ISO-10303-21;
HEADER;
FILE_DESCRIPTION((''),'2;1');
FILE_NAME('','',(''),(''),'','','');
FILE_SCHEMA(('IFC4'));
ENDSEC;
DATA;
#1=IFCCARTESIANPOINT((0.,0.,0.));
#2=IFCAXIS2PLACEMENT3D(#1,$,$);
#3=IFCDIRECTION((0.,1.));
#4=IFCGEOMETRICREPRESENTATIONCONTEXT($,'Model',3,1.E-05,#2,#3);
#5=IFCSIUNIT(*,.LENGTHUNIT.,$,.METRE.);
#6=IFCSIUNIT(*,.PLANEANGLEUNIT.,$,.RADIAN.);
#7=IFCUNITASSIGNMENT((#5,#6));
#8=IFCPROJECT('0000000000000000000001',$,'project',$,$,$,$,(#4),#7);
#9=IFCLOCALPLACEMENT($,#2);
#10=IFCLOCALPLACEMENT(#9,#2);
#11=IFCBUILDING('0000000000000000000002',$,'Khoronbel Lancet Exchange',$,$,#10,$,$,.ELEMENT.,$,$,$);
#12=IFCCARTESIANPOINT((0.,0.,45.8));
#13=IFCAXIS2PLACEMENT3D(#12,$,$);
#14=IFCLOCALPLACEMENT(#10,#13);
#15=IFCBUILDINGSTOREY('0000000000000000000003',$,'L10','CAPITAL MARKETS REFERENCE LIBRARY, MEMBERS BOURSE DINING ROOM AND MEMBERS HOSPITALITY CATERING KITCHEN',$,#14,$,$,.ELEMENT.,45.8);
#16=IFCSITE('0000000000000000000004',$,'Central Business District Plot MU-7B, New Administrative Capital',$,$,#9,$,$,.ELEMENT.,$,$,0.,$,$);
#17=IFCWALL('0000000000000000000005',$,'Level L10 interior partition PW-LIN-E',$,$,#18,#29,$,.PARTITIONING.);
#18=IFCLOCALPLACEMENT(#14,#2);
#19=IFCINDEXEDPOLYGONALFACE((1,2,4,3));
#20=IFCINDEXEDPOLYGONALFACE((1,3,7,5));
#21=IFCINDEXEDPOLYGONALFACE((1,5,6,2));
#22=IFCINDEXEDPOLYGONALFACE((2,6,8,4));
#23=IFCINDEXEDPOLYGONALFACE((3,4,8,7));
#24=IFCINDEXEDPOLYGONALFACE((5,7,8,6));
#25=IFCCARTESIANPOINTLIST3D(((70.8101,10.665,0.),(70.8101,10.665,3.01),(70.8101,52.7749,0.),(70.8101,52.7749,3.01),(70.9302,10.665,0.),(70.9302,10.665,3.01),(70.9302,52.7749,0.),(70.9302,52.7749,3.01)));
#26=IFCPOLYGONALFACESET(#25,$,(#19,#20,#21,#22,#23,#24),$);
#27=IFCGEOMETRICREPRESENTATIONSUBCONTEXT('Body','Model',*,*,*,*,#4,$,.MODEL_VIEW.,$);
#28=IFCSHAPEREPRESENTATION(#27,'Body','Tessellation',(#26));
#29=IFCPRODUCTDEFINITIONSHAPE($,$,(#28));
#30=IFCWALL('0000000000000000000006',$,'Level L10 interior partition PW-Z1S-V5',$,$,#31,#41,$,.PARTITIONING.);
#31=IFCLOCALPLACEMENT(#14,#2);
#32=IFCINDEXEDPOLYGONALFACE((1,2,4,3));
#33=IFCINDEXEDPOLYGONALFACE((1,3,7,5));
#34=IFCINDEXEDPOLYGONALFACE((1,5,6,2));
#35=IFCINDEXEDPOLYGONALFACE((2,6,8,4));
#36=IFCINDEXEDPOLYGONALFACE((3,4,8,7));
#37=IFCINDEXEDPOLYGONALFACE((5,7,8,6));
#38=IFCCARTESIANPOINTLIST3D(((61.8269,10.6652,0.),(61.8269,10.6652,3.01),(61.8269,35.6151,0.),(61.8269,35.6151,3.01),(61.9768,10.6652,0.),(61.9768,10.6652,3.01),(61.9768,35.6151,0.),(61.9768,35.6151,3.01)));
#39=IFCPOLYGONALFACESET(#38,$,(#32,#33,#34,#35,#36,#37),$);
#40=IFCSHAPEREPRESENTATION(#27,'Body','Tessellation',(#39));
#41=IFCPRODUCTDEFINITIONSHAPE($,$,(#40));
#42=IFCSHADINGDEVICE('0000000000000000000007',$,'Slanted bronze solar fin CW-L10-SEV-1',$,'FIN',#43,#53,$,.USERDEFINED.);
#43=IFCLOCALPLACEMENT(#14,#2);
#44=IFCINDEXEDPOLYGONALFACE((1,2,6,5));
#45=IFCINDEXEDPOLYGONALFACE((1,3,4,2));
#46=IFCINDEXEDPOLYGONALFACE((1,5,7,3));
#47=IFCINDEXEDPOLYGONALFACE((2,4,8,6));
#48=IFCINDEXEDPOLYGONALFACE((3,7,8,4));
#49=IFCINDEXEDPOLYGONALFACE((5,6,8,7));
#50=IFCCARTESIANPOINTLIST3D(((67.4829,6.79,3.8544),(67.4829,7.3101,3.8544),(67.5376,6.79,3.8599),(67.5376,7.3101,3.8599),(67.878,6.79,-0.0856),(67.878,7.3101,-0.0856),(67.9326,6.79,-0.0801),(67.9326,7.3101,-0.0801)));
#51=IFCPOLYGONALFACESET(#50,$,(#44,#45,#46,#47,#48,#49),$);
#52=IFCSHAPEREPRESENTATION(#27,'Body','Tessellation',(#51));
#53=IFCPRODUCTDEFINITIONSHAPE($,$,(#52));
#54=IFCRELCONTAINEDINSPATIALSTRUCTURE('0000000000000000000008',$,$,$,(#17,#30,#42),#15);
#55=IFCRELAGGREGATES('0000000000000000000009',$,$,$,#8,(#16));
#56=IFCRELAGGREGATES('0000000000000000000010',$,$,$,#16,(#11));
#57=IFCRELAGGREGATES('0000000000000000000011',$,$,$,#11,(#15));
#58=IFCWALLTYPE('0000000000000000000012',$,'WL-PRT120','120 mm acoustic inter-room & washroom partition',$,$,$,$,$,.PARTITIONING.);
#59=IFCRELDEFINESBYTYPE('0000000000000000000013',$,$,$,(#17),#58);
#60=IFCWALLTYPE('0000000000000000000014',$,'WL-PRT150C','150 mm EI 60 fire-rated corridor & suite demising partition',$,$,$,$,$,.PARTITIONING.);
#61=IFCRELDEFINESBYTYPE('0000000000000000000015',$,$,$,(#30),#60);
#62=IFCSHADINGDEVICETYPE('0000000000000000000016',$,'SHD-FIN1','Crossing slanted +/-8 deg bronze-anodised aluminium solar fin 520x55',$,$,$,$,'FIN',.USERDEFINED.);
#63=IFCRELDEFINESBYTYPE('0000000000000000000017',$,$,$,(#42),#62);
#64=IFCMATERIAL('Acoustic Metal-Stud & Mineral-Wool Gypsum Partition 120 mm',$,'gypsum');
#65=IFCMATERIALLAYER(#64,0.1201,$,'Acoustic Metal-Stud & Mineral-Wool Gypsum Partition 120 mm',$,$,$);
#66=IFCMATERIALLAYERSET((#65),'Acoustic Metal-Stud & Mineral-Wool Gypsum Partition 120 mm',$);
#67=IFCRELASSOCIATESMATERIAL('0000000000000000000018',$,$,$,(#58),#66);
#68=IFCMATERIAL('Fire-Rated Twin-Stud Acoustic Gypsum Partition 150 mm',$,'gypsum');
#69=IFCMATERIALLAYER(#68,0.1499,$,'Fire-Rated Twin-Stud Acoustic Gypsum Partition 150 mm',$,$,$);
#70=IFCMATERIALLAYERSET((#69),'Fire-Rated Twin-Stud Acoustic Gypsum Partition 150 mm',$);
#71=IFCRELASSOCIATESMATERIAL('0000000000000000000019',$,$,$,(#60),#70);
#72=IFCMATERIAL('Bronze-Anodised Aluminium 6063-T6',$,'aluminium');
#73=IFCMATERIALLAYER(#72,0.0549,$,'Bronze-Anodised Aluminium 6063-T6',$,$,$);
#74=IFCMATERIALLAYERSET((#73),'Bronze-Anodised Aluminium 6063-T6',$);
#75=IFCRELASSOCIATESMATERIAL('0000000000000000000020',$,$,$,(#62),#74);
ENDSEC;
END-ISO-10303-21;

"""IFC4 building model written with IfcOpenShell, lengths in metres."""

from ifc_helpers import new_model, si_unit, direction, frame, frame_2d, origin, place, context, subcontext, project, spatial, polyline, rectangle, outline, extrude, material, layer, layer_set, type_object, element, save


model = new_model("IFC4")

# Units and contexts
model_context = context("Model", 3, precision=1e-05, world=origin(), true_north=direction((0.0, 1.0)))
body_context = subcontext(model_context, "Body", "Model", "MODEL_VIEW")
ifc_project = project(units=[si_unit("LENGTHUNIT", "METRE"), si_unit("PLANEANGLEUNIT", "RADIAN")], contexts=[model_context])

# Site, building, storey
site_placement = place(None, origin())
site = spatial("IfcSite", under=ifc_project, at=site_placement, Name="Central Business District Plot MU-7B, New Administrative Capital", CompositionType="ELEMENT", RefElevation=0.0)
building_placement = place(site_placement, origin())
building = spatial("IfcBuilding", under=site, at=building_placement, Name="Khoronbel Lancet Exchange", CompositionType="ELEMENT")
storey_placement = place(building_placement, frame((0.0, 0.0, 45.8)))
storey = spatial("IfcBuildingStorey", under=building, at=storey_placement, Name="L10", Description="CAPITAL MARKETS REFERENCE LIBRARY, MEMBERS BOURSE DINING ROOM AND MEMBERS HOSPITALITY CATERING KITCHEN", CompositionType="ELEMENT", Elevation=45.8)

# Shared definitions
ifc_material_1 = material(Name="Bronze-Anodised Aluminium 6063-T6", Category="aluminium")

# Walls
ifc_material_2 = material(Name="Acoustic Metal-Stud & Mineral-Wool Gypsum Partition 120 mm", Category="gypsum")
ifc_layer_1 = layer(ifc_material_2, 0.1201, Name="Acoustic Metal-Stud & Mineral-Wool Gypsum Partition 120 mm")
ifc_layer_set_1 = layer_set([ifc_layer_1], Name="Acoustic Metal-Stud & Mineral-Wool Gypsum Partition 120 mm")
wall_type_1 = type_object("IfcWallType", Name="WL-PRT120", Description="120 mm acoustic inter-room & washroom partition", PredefinedType="PARTITIONING", material=ifc_layer_set_1)
wall_1_placement = place(storey_placement, frame((70.8701, 10.665, 0.0), z_axis=(0.0, 0.0, 1.0), x_axis=(0.0, 1.0, 0.0)))
element("IfcWall", 1, at=wall_1_placement, inside=storey, type_object=wall_type_1, Name="Level L10 interior partition PW-LIN-E", PredefinedType="PARTITIONING", context=body_context, shape_type="SweptSolid", body=[
    extrude(rectangle(XDim=42.1099, YDim=0.1201, at=frame_2d((21.0549, 0.0))), origin(), (0.0, 0.0, 1.0), 3.01),
])
ifc_material_3 = material(Name="Fire-Rated Twin-Stud Acoustic Gypsum Partition 150 mm", Category="gypsum")
ifc_layer_2 = layer(ifc_material_3, 0.1499, Name="Fire-Rated Twin-Stud Acoustic Gypsum Partition 150 mm")
ifc_layer_set_2 = layer_set([ifc_layer_2], Name="Fire-Rated Twin-Stud Acoustic Gypsum Partition 150 mm")
wall_type_2 = type_object("IfcWallType", Name="WL-PRT150C", Description="150 mm EI 60 fire-rated corridor & suite demising partition", PredefinedType="PARTITIONING", material=ifc_layer_set_2)
wall_2_placement = place(storey_placement, frame((61.9019, 10.665, 0.0), z_axis=(0.0, 0.0, 1.0), x_axis=(0.0, 1.0, 0.0)))
element("IfcWall", 2, at=wall_2_placement, inside=storey, type_object=wall_type_2, Name="Level L10 interior partition PW-Z1S-V5", PredefinedType="PARTITIONING", context=body_context, shape_type="SweptSolid", body=[
    extrude(rectangle(XDim=24.95, YDim=0.1499, at=frame_2d((12.4751, 0.0))), origin(), (0.0, 0.0, 1.0), 3.01),
])

# Shading device
ifc_layer_3 = layer(ifc_material_1, 0.0549, Name="Bronze-Anodised Aluminium 6063-T6")
ifc_layer_set_3 = layer_set([ifc_layer_3], Name="Bronze-Anodised Aluminium 6063-T6")
shading_device_type = type_object("IfcShadingDeviceType", Name="SHD-FIN1", Description="Crossing slanted +/-8 deg bronze-anodised aluminium solar fin 520x55", ElementType="FIN", PredefinedType="USERDEFINED", material=ifc_layer_set_3)
shading_device_placement = place(storey_placement, frame((67.9326, 7.3101, -0.0801), z_axis=(0.995012, 0.0, 0.09976), x_axis=(0.0, -1.0, 0.0)))
element("IfcShadingDevice", 3, at=shading_device_placement, inside=storey, type_object=shading_device_type, Name="Slanted bronze solar fin CW-L10-SEV-1", ObjectType="FIN", PredefinedType="USERDEFINED", context=body_context, shape_type="SweptSolid", body=[
    extrude(outline(polyline([(0.0, 0.0), (0.52, 0.0), (0.52, -3.9597), (0.0, -3.9597), (0.0, 0.0)])), origin(), (0.0, 0.0, -1.0), 0.0549),
])

save(model, "model.ifc")
